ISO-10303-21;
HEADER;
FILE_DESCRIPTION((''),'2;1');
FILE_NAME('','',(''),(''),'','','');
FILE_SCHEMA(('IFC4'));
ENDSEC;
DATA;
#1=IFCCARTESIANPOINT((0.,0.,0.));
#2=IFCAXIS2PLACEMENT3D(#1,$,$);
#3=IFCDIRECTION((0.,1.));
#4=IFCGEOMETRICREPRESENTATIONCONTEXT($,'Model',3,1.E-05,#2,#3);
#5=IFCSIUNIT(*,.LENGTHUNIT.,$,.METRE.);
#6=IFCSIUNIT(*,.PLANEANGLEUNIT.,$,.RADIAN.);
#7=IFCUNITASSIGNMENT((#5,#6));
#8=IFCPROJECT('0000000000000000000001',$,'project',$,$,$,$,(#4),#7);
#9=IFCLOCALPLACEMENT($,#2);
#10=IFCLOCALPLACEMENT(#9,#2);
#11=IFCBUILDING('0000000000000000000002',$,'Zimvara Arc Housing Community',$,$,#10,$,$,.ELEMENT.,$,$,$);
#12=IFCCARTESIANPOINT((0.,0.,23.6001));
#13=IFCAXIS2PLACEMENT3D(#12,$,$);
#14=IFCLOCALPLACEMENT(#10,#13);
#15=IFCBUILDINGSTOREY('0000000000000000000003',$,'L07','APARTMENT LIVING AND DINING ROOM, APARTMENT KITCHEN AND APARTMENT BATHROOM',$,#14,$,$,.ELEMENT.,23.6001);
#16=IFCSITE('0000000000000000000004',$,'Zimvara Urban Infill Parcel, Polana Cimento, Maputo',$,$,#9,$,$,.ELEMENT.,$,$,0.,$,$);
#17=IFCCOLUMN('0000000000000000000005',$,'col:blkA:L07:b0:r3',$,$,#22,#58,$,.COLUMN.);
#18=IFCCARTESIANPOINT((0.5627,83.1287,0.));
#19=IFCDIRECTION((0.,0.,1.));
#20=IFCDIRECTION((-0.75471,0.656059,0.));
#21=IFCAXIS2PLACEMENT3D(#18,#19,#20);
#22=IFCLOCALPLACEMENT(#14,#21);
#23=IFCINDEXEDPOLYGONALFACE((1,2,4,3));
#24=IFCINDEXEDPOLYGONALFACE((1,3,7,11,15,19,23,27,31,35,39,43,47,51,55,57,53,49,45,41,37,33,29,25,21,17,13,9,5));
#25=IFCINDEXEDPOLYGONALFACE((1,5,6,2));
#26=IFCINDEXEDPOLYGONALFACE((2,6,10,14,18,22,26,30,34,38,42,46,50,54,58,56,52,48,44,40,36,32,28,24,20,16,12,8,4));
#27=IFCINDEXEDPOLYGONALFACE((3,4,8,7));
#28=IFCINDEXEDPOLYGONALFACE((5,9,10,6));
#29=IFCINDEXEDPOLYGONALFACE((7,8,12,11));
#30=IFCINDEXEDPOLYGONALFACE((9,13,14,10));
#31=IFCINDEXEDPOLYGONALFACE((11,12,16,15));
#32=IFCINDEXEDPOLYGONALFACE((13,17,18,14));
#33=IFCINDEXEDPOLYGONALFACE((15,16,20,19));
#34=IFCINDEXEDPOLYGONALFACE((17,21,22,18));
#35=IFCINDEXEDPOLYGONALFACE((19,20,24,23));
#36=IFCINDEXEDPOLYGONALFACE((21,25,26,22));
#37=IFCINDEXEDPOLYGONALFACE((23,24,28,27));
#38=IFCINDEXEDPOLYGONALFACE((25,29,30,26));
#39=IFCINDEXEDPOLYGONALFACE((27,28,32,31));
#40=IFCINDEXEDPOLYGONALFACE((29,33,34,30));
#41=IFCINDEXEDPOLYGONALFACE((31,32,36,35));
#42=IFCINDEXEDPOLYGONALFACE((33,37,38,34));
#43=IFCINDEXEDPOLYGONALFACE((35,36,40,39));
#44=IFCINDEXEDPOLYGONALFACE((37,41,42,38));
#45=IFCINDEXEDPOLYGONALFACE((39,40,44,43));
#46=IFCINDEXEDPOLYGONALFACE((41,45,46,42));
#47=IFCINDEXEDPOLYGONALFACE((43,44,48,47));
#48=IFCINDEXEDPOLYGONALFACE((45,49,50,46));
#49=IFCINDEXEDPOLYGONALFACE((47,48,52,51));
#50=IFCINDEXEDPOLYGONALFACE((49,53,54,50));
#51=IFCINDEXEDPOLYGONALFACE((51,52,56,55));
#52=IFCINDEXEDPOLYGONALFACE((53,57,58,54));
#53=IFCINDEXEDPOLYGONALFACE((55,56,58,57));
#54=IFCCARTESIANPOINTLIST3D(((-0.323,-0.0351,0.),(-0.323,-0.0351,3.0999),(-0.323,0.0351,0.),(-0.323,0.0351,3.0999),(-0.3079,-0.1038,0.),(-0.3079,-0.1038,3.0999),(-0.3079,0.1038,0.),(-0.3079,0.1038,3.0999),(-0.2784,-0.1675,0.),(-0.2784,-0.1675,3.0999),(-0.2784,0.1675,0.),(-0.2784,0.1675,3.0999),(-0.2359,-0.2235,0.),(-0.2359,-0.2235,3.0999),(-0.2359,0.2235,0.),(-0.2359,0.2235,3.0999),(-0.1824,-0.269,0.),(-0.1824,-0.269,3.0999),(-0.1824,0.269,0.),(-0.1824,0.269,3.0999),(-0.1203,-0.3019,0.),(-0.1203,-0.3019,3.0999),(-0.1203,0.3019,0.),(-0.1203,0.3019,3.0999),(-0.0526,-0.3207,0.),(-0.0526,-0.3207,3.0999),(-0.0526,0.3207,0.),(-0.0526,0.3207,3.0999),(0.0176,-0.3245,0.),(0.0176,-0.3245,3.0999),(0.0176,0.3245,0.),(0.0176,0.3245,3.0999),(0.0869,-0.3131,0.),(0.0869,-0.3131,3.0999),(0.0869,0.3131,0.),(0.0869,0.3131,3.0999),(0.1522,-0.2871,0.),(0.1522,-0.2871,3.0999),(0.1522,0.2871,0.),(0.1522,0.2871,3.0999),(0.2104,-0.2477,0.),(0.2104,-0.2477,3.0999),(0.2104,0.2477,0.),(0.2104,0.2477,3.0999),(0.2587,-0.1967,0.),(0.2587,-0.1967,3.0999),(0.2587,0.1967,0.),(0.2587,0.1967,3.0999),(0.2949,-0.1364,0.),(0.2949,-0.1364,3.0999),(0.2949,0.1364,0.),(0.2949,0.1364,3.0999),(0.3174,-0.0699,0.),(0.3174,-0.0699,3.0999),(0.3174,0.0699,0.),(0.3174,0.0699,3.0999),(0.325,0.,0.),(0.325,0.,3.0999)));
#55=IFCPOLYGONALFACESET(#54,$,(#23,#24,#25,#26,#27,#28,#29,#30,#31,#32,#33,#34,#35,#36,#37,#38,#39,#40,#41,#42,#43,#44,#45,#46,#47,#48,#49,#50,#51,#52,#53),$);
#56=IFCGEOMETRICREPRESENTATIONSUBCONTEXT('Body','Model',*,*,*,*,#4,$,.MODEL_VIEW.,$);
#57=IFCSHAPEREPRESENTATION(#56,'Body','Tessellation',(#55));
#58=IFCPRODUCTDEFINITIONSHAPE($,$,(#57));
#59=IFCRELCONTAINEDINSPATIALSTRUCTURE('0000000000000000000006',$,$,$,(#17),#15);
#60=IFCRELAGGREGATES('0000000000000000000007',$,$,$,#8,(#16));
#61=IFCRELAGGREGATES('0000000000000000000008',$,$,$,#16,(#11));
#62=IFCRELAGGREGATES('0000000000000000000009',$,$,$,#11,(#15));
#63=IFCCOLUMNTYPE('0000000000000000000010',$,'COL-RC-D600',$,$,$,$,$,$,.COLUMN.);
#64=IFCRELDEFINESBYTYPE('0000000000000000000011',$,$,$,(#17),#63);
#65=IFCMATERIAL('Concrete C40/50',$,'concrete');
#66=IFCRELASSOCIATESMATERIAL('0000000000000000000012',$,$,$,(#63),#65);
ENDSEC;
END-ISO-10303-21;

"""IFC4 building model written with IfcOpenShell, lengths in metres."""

from ifc_helpers import new_model, si_unit, direction, frame, origin, origin_2d, place, context, subcontext, project, spatial, circle, extrude, material, material_profile, profile_set, type_object, element, save


model = new_model("IFC4")

# Units and contexts
model_context = context("Model", 3, precision=1e-05, world=origin(), true_north=direction((0.0, 1.0)))
body_context = subcontext(model_context, "Body", "Model", "MODEL_VIEW")
ifc_project = project(units=[si_unit("LENGTHUNIT", "METRE"), si_unit("PLANEANGLEUNIT", "RADIAN")], contexts=[model_context])

# Site, building, storey
site_placement = place(None, origin())
site = spatial("IfcSite", under=ifc_project, at=site_placement, Name="Zimvara Urban Infill Parcel, Polana Cimento, Maputo", CompositionType="ELEMENT", RefElevation=0.0)
building_placement = place(site_placement, origin())
building = spatial("IfcBuilding", under=site, at=building_placement, Name="Zimvara Arc Housing Community", CompositionType="ELEMENT")
storey_placement = place(building_placement, frame((0.0, 0.0, 23.6001)))
storey = spatial("IfcBuildingStorey", under=building, at=storey_placement, Name="L07", Description="APARTMENT LIVING AND DINING ROOM, APARTMENT KITCHEN AND APARTMENT BATHROOM", CompositionType="ELEMENT", Elevation=23.6001)

# Column
ifc_material_1 = material(Name="Concrete C40/50", Category="concrete")
ifc_material_profile_1 = material_profile(ifc_material_1, circle(Radius=0.325, at=origin_2d()), Name="RC D650")
ifc_profile_set_1 = profile_set([ifc_material_profile_1], Name="Concrete C40/50")
column_type = type_object("IfcColumnType", Name="COL-RC-D600", PredefinedType="COLUMN", material=ifc_profile_set_1)
column_placement = place(storey_placement, frame((0.5627, 83.1287, 0.0), z_axis=(0.0, 0.0, 1.0), x_axis=(-0.75471, 0.656059, 0.0)))
element("IfcColumn", 1, at=column_placement, inside=storey, type_object=column_type, Name="col:blkA:L07:b0:r3", PredefinedType="COLUMN", context=body_context, shape_type="SweptSolid", body=[
    extrude(circle(Radius=0.325, at=origin_2d()), origin(), (0.0, 0.0, 1.0), 3.0999),
])

save(model, "model.ifc")
